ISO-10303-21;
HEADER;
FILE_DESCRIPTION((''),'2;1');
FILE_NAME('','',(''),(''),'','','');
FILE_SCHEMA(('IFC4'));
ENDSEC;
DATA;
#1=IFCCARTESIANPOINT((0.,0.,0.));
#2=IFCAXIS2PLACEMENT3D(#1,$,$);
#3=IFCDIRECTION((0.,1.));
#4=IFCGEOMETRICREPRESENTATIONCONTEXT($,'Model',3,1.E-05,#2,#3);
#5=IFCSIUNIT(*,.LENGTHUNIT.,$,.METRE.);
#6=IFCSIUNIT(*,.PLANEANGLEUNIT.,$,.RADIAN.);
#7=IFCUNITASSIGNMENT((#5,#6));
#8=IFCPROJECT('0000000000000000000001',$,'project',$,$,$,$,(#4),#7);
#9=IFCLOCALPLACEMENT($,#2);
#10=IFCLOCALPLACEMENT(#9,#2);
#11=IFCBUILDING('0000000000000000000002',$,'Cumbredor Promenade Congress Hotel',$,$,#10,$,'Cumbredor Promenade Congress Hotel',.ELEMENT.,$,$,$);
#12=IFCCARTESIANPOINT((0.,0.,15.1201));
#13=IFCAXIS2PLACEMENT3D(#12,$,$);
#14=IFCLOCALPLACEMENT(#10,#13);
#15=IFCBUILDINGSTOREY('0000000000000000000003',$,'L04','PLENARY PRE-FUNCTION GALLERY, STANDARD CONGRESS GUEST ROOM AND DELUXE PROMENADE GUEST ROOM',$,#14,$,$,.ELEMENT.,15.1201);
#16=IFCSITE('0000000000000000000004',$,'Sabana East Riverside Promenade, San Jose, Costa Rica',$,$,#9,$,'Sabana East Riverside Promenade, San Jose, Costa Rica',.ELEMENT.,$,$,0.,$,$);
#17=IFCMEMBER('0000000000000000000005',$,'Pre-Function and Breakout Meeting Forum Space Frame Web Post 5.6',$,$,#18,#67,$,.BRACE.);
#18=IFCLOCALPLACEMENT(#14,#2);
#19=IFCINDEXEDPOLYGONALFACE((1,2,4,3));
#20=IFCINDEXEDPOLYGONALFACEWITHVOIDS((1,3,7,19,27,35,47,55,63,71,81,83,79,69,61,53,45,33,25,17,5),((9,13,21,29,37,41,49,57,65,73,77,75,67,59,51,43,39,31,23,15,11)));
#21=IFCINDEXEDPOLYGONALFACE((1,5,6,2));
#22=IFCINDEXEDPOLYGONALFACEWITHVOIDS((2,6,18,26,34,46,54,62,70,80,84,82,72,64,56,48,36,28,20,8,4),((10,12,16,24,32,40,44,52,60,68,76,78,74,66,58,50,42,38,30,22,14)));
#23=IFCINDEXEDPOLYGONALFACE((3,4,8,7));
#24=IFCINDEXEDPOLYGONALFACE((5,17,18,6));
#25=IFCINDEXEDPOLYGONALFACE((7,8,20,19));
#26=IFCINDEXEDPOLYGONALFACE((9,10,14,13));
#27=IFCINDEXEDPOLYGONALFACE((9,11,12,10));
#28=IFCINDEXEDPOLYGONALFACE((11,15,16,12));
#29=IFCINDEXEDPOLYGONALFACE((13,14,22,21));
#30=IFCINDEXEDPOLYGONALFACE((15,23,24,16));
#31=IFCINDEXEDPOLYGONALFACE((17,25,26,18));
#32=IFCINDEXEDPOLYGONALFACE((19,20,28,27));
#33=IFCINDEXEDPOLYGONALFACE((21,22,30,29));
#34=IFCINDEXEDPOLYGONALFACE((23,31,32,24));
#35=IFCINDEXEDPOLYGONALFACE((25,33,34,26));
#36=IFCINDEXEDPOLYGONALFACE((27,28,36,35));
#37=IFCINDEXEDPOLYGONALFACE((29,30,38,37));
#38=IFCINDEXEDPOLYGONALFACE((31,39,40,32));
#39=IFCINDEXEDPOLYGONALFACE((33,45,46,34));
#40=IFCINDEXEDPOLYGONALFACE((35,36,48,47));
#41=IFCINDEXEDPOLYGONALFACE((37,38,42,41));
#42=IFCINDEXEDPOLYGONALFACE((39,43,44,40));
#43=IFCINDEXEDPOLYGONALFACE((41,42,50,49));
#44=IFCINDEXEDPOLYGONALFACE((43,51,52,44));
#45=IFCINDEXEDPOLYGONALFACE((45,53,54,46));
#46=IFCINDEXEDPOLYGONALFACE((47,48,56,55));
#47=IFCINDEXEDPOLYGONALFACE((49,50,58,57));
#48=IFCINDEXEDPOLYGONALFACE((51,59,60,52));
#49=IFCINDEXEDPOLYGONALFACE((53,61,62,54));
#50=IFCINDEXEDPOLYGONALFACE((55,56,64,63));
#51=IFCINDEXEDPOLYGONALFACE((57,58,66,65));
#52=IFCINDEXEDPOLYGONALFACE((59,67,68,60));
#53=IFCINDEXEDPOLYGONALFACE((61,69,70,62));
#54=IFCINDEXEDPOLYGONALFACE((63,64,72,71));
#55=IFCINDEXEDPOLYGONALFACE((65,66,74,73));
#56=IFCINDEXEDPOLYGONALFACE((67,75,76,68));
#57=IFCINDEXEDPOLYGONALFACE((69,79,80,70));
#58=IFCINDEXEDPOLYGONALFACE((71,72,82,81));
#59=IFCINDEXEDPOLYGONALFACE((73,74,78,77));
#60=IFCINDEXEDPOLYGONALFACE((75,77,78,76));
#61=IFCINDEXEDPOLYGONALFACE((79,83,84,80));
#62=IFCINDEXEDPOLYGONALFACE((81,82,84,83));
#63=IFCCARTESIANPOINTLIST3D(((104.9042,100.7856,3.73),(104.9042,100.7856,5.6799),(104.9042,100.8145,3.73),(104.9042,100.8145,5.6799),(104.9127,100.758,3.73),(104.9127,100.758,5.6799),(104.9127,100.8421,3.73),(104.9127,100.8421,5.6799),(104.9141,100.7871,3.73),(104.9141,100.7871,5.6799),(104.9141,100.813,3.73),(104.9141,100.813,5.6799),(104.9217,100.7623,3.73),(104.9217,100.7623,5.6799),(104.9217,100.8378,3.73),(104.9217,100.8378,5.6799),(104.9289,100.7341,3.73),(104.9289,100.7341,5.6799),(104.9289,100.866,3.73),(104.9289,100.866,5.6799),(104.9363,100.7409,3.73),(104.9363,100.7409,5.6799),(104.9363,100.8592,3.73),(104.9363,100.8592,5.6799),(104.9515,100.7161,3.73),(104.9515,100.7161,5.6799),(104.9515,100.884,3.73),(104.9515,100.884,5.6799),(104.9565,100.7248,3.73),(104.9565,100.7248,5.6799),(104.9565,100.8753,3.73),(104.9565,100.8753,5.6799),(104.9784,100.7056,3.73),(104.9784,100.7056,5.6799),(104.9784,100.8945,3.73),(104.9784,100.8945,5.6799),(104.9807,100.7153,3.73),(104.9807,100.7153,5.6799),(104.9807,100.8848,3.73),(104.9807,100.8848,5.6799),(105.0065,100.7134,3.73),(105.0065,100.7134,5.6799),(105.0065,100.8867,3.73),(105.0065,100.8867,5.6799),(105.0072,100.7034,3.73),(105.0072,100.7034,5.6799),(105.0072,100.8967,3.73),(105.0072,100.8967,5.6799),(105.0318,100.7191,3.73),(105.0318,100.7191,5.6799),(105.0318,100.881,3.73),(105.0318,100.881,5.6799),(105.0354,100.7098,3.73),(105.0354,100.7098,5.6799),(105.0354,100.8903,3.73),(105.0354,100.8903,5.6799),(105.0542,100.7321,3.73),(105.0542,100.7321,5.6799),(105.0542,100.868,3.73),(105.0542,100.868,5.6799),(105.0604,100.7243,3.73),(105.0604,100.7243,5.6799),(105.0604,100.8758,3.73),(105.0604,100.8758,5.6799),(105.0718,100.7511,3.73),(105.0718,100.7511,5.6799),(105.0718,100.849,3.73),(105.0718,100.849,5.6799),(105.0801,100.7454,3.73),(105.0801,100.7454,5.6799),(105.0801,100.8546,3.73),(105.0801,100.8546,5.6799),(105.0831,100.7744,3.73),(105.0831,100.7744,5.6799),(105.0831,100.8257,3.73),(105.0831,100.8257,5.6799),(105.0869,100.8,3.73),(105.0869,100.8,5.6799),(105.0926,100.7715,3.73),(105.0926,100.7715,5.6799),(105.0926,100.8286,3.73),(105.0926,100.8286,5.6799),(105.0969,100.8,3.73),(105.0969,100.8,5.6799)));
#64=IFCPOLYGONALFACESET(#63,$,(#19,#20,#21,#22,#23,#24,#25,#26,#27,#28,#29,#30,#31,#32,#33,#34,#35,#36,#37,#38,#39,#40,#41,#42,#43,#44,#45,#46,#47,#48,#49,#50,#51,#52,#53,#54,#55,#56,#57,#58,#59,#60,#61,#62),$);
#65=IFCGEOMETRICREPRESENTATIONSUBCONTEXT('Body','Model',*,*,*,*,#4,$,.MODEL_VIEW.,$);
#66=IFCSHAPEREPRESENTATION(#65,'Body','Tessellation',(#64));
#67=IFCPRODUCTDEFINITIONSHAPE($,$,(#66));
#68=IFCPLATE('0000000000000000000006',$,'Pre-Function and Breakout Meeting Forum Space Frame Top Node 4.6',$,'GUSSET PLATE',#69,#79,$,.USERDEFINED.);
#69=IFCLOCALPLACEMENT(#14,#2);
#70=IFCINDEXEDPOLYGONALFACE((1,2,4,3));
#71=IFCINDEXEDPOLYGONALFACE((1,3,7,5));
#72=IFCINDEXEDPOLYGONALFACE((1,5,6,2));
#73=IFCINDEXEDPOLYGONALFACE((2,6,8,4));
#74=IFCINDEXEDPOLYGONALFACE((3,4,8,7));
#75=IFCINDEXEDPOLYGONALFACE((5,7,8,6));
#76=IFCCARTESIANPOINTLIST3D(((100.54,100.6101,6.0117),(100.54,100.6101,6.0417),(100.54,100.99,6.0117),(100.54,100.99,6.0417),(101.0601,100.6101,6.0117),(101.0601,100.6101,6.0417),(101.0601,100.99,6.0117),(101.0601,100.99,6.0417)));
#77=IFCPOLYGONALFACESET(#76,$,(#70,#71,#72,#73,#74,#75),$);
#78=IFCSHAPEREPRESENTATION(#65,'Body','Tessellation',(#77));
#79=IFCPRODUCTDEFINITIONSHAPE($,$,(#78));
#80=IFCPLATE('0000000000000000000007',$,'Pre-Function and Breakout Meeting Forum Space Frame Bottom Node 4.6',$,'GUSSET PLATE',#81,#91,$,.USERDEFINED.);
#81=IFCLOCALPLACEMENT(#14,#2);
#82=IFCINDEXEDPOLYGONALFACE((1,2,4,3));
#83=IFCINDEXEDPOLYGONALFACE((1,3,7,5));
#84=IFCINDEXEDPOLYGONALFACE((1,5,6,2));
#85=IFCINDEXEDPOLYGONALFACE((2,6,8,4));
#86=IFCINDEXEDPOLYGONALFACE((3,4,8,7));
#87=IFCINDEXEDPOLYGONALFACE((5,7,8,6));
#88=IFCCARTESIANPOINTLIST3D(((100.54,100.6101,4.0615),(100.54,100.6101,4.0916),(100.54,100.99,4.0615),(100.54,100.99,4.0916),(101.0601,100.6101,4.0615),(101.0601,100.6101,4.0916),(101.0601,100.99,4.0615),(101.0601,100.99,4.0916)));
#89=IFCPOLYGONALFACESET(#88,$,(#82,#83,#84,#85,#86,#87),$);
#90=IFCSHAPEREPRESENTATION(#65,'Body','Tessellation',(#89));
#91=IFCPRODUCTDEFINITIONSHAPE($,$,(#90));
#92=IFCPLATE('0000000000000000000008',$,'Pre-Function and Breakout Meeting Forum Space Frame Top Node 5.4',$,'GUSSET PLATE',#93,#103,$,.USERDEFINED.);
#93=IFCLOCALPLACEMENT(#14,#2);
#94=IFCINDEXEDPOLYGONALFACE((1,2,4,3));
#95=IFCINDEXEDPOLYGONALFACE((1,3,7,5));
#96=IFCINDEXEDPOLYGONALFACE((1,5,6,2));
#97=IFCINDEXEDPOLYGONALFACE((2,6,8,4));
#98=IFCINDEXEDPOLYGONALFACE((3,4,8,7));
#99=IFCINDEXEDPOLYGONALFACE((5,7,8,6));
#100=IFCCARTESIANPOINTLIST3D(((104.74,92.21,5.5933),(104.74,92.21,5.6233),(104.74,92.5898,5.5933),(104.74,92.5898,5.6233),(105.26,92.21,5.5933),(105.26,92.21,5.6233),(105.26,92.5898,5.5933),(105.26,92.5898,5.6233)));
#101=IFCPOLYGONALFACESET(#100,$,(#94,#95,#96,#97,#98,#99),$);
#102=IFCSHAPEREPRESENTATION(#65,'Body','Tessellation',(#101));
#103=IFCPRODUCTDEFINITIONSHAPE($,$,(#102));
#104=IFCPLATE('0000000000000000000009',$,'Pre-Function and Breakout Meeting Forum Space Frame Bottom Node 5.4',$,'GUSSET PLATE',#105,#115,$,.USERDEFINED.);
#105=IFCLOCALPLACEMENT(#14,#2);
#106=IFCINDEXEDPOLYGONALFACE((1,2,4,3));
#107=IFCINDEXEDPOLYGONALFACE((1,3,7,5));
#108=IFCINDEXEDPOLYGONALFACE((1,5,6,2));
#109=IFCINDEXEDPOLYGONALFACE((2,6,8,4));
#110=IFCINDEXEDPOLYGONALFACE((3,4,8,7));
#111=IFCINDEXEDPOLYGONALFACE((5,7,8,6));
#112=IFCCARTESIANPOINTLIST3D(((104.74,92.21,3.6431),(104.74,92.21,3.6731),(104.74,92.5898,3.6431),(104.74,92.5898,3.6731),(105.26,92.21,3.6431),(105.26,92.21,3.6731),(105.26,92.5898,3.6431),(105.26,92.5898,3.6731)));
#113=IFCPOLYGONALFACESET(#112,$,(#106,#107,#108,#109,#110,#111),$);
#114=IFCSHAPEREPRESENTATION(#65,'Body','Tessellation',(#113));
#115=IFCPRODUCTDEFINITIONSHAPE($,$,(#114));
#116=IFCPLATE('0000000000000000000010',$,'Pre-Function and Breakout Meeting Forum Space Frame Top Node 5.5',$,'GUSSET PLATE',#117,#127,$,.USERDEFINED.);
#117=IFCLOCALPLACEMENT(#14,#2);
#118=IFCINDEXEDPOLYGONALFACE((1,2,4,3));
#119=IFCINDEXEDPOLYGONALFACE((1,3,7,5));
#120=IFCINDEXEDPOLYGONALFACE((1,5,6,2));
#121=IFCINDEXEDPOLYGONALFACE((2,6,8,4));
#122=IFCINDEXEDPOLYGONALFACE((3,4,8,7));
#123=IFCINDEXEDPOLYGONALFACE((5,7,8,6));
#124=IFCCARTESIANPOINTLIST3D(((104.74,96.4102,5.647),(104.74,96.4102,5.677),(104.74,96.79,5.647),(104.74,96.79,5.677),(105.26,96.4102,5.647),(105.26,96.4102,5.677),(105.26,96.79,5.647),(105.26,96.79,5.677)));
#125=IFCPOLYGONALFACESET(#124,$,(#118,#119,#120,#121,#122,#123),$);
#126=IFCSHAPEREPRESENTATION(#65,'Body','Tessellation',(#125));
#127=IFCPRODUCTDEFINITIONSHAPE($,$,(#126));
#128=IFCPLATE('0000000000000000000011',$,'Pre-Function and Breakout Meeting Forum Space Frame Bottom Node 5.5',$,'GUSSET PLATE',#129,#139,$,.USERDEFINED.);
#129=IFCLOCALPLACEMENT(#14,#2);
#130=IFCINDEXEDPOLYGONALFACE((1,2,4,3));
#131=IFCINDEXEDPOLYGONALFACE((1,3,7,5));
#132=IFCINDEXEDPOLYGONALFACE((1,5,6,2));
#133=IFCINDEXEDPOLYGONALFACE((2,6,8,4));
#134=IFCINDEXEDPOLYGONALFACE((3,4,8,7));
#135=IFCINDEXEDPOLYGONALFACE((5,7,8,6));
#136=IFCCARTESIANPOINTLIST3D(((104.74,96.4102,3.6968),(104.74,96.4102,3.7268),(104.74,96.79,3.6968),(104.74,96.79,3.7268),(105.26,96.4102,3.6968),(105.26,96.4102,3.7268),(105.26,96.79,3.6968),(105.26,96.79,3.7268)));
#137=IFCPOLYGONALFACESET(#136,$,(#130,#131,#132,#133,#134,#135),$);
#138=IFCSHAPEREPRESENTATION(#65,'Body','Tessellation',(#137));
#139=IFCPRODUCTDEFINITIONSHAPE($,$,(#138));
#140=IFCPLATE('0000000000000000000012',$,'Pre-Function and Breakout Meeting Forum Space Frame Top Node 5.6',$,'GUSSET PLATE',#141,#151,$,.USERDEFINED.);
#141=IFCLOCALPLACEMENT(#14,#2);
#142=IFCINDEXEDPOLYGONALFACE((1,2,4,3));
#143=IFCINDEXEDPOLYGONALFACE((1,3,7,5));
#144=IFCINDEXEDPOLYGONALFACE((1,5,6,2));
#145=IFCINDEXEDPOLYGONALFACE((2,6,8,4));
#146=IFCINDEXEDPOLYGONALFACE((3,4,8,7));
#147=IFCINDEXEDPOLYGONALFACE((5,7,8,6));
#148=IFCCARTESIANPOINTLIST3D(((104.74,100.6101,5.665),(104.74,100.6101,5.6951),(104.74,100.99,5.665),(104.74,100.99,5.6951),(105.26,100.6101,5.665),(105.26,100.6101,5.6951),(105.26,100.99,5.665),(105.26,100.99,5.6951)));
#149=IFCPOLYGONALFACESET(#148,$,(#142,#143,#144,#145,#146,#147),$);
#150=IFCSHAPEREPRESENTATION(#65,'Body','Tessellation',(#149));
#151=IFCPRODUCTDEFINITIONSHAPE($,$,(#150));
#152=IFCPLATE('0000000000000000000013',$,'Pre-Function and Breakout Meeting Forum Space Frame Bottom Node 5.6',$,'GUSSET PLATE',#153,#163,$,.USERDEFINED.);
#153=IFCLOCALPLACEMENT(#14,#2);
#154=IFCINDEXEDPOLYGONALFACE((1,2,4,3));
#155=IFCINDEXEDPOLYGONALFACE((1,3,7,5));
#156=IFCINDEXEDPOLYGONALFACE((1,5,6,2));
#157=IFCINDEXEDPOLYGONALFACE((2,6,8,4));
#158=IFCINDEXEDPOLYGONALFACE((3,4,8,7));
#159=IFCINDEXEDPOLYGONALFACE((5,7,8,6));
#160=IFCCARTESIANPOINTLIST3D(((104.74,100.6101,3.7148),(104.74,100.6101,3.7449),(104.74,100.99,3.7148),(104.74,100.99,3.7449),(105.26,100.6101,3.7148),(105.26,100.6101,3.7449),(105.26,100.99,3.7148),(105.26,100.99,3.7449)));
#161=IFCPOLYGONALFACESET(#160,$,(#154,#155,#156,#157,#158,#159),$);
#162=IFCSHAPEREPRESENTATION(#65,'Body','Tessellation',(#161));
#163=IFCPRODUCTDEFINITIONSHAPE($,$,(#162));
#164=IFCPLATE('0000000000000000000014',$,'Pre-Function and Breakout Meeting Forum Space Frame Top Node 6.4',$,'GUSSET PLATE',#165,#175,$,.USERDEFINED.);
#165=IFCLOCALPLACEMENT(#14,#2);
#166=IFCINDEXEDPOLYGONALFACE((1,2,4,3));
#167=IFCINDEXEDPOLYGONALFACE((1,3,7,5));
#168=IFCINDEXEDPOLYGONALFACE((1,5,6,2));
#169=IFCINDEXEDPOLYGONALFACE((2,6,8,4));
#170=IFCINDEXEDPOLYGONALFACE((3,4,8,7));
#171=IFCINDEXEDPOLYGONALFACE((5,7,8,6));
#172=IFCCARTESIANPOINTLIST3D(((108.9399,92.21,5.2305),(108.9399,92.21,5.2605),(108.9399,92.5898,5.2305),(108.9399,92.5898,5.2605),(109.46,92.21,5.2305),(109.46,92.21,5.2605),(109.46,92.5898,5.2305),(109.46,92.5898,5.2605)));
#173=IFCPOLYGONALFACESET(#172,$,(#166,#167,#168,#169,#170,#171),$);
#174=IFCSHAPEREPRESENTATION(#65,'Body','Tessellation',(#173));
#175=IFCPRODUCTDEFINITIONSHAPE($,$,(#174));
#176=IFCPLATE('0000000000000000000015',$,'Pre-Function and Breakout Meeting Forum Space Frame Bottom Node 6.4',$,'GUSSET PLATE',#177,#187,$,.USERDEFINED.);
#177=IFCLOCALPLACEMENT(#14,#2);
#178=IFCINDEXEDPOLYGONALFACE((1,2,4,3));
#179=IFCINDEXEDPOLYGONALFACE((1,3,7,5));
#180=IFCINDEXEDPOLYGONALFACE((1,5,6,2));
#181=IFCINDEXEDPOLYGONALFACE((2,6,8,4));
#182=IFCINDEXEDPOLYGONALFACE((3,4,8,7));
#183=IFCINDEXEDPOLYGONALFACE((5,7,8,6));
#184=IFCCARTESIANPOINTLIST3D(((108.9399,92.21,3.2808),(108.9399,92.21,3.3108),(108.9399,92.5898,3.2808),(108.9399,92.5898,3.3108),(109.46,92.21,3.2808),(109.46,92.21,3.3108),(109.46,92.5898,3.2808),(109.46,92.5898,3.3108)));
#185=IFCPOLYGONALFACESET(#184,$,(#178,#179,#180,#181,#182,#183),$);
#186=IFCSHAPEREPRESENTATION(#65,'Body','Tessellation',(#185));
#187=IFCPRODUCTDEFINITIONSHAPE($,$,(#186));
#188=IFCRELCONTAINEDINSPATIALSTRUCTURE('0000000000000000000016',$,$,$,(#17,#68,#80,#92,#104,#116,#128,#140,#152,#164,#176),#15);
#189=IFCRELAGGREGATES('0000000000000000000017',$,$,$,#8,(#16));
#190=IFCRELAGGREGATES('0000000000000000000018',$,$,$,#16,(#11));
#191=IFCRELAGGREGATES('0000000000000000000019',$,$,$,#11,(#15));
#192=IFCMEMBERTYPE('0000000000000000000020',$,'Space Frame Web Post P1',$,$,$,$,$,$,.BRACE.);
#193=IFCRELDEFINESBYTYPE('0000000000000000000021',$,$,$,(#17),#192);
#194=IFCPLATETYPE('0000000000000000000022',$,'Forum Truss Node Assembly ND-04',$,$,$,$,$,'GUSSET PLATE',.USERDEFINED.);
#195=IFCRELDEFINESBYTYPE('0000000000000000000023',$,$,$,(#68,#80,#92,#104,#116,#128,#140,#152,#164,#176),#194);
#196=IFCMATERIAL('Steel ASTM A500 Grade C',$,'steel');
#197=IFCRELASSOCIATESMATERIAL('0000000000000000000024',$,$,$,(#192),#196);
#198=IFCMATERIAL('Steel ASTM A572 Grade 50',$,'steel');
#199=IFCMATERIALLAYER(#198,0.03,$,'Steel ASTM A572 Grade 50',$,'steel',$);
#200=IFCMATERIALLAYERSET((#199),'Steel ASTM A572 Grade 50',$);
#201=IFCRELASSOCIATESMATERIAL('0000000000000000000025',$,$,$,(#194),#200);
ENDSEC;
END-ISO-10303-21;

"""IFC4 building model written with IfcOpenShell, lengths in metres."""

from ifc_helpers import new_model, si_unit, direction, frame, origin, origin_2d, place, context, subcontext, project, spatial, rectangle, hollow_circle, extrude, material, layer, layer_set, material_profile, profile_set, type_object, element, save


model = new_model("IFC4")

# Units and contexts
model_context = context("Model", 3, precision=1e-05, world=origin(), true_north=direction((0.0, 1.0)))
body_context = subcontext(model_context, "Body", "Model", "MODEL_VIEW")
ifc_project = project(units=[si_unit("LENGTHUNIT", "METRE"), si_unit("PLANEANGLEUNIT", "RADIAN")], contexts=[model_context])

# Site, building, storey
site_placement = place(None, origin())
site = spatial("IfcSite", under=ifc_project, at=site_placement, Name="Sabana East Riverside Promenade, San Jose, Costa Rica", LongName="Sabana East Riverside Promenade, San Jose, Costa Rica", CompositionType="ELEMENT", RefElevation=0.0)
building_placement = place(site_placement, origin())
building = spatial("IfcBuilding", under=site, at=building_placement, Name="Cumbredor Promenade Congress Hotel", LongName="Cumbredor Promenade Congress Hotel", CompositionType="ELEMENT")
storey_placement = place(building_placement, frame((0.0, 0.0, 15.1201)))
storey = spatial("IfcBuildingStorey", under=building, at=storey_placement, Name="L04", Description="PLENARY PRE-FUNCTION GALLERY, STANDARD CONGRESS GUEST ROOM AND DELUXE PROMENADE GUEST ROOM", CompositionType="ELEMENT", Elevation=15.1201)

# Member
ifc_material_1 = material(Name="Steel ASTM A500 Grade C", Category="steel")
ifc_material_profile_1 = material_profile(ifc_material_1, hollow_circle(Radius=0.0969, WallThickness=0.01, at=origin_2d()), Name="CHS 193.7x10")
ifc_profile_set_1 = profile_set([ifc_material_profile_1], Name="Steel ASTM A500 Grade C")
member_type_1 = type_object("IfcMemberType", Name="Space Frame Web Post P1", PredefinedType="BRACE", material=ifc_profile_set_1)
member_1_placement = place(storey_placement, frame((105.0, 100.8, 3.73), z_axis=(0.0, 0.0, 1.0), x_axis=(1.0, 0.0, 0.0)))
element("IfcMember", 1, at=member_1_placement, inside=storey, type_object=member_type_1, Name="Pre-Function and Breakout Meeting Forum Space Frame Web Post 5.6", PredefinedType="BRACE", context=body_context, shape_type="SweptSolid", body=[
    extrude(hollow_circle(Radius=0.0969, WallThickness=0.01, at=origin_2d()), origin(), (0.0, 0.0, 1.0), 1.95),
])

# Plates
ifc_material_2 = material(Name="Steel ASTM A572 Grade 50", Category="steel")
ifc_layer = layer(ifc_material_2, 0.03, Name="Steel ASTM A572 Grade 50", Category="steel")
ifc_layer_set = layer_set([ifc_layer], Name="Steel ASTM A572 Grade 50")
plate_type = type_object("IfcPlateType", Name="Forum Truss Node Assembly ND-04", ElementType="GUSSET PLATE", PredefinedType="USERDEFINED", material=ifc_layer_set)
for number, where, z_axis, x_axis, name in (
    (2, (100.8, 100.8, 6.0117), (0.0, 0.0, 1.0), (1.0, 0.0, 0.0), "Pre-Function and Breakout Meeting Forum Space Frame Top Node 4.6"),
    (3, (100.8, 100.8, 4.0615), (0.0, 0.0, 1.0), (1.0, 0.0, 0.0), "Pre-Function and Breakout Meeting Forum Space Frame Bottom Node 4.6"),
    (4, (105.0, 92.3999, 5.5933), (0.0, 0.0, 1.0), (1.0, 0.0, 0.0), "Pre-Function and Breakout Meeting Forum Space Frame Top Node 5.4"),
    (5, (105.0, 92.3999, 3.6431), (0.0, 0.0, 1.0), (1.0, 0.0, 0.0), "Pre-Function and Breakout Meeting Forum Space Frame Bottom Node 5.4"),
    (6, (105.0, 96.6001, 5.647), (0.0, 0.0, 1.0), (1.0, 0.0, 0.0), "Pre-Function and Breakout Meeting Forum Space Frame Top Node 5.5"),
    (7, (105.0, 96.6001, 3.6968), (0.0, 0.0, 1.0), (1.0, 0.0, 0.0), "Pre-Function and Breakout Meeting Forum Space Frame Bottom Node 5.5"),
    (8, (105.0, 100.8, 5.665), (0.0, 0.0, 1.0), (1.0, 0.0, 0.0), "Pre-Function and Breakout Meeting Forum Space Frame Top Node 5.6"),
    (9, (105.0, 100.8, 3.7148), (0.0, 0.0, 1.0), (1.0, 0.0, 0.0), "Pre-Function and Breakout Meeting Forum Space Frame Bottom Node 5.6"),
    (10, (109.2, 92.3999, 5.2305), (0.0, 0.0, 1.0), (1.0, 0.0, 0.0), "Pre-Function and Breakout Meeting Forum Space Frame Top Node 6.4"),
    (11, (109.2, 92.3999, 3.2808), (0.0, 0.0, 1.0), (1.0, 0.0, 0.0), "Pre-Function and Breakout Meeting Forum Space Frame Bottom Node 6.4"),
):
    element("IfcPlate", number, at=place(storey_placement, frame(where, z_axis=z_axis, x_axis=x_axis)), inside=storey, type_object=plate_type, Name=name, ObjectType="GUSSET PLATE", PredefinedType="USERDEFINED", context=body_context, shape_type="SweptSolid", body=[
        extrude(rectangle(XDim=0.52, YDim=0.3799, at=origin_2d()), origin(), (0.0, 0.0, 1.0), 0.03),
    ])

save(model, "model.ifc")
